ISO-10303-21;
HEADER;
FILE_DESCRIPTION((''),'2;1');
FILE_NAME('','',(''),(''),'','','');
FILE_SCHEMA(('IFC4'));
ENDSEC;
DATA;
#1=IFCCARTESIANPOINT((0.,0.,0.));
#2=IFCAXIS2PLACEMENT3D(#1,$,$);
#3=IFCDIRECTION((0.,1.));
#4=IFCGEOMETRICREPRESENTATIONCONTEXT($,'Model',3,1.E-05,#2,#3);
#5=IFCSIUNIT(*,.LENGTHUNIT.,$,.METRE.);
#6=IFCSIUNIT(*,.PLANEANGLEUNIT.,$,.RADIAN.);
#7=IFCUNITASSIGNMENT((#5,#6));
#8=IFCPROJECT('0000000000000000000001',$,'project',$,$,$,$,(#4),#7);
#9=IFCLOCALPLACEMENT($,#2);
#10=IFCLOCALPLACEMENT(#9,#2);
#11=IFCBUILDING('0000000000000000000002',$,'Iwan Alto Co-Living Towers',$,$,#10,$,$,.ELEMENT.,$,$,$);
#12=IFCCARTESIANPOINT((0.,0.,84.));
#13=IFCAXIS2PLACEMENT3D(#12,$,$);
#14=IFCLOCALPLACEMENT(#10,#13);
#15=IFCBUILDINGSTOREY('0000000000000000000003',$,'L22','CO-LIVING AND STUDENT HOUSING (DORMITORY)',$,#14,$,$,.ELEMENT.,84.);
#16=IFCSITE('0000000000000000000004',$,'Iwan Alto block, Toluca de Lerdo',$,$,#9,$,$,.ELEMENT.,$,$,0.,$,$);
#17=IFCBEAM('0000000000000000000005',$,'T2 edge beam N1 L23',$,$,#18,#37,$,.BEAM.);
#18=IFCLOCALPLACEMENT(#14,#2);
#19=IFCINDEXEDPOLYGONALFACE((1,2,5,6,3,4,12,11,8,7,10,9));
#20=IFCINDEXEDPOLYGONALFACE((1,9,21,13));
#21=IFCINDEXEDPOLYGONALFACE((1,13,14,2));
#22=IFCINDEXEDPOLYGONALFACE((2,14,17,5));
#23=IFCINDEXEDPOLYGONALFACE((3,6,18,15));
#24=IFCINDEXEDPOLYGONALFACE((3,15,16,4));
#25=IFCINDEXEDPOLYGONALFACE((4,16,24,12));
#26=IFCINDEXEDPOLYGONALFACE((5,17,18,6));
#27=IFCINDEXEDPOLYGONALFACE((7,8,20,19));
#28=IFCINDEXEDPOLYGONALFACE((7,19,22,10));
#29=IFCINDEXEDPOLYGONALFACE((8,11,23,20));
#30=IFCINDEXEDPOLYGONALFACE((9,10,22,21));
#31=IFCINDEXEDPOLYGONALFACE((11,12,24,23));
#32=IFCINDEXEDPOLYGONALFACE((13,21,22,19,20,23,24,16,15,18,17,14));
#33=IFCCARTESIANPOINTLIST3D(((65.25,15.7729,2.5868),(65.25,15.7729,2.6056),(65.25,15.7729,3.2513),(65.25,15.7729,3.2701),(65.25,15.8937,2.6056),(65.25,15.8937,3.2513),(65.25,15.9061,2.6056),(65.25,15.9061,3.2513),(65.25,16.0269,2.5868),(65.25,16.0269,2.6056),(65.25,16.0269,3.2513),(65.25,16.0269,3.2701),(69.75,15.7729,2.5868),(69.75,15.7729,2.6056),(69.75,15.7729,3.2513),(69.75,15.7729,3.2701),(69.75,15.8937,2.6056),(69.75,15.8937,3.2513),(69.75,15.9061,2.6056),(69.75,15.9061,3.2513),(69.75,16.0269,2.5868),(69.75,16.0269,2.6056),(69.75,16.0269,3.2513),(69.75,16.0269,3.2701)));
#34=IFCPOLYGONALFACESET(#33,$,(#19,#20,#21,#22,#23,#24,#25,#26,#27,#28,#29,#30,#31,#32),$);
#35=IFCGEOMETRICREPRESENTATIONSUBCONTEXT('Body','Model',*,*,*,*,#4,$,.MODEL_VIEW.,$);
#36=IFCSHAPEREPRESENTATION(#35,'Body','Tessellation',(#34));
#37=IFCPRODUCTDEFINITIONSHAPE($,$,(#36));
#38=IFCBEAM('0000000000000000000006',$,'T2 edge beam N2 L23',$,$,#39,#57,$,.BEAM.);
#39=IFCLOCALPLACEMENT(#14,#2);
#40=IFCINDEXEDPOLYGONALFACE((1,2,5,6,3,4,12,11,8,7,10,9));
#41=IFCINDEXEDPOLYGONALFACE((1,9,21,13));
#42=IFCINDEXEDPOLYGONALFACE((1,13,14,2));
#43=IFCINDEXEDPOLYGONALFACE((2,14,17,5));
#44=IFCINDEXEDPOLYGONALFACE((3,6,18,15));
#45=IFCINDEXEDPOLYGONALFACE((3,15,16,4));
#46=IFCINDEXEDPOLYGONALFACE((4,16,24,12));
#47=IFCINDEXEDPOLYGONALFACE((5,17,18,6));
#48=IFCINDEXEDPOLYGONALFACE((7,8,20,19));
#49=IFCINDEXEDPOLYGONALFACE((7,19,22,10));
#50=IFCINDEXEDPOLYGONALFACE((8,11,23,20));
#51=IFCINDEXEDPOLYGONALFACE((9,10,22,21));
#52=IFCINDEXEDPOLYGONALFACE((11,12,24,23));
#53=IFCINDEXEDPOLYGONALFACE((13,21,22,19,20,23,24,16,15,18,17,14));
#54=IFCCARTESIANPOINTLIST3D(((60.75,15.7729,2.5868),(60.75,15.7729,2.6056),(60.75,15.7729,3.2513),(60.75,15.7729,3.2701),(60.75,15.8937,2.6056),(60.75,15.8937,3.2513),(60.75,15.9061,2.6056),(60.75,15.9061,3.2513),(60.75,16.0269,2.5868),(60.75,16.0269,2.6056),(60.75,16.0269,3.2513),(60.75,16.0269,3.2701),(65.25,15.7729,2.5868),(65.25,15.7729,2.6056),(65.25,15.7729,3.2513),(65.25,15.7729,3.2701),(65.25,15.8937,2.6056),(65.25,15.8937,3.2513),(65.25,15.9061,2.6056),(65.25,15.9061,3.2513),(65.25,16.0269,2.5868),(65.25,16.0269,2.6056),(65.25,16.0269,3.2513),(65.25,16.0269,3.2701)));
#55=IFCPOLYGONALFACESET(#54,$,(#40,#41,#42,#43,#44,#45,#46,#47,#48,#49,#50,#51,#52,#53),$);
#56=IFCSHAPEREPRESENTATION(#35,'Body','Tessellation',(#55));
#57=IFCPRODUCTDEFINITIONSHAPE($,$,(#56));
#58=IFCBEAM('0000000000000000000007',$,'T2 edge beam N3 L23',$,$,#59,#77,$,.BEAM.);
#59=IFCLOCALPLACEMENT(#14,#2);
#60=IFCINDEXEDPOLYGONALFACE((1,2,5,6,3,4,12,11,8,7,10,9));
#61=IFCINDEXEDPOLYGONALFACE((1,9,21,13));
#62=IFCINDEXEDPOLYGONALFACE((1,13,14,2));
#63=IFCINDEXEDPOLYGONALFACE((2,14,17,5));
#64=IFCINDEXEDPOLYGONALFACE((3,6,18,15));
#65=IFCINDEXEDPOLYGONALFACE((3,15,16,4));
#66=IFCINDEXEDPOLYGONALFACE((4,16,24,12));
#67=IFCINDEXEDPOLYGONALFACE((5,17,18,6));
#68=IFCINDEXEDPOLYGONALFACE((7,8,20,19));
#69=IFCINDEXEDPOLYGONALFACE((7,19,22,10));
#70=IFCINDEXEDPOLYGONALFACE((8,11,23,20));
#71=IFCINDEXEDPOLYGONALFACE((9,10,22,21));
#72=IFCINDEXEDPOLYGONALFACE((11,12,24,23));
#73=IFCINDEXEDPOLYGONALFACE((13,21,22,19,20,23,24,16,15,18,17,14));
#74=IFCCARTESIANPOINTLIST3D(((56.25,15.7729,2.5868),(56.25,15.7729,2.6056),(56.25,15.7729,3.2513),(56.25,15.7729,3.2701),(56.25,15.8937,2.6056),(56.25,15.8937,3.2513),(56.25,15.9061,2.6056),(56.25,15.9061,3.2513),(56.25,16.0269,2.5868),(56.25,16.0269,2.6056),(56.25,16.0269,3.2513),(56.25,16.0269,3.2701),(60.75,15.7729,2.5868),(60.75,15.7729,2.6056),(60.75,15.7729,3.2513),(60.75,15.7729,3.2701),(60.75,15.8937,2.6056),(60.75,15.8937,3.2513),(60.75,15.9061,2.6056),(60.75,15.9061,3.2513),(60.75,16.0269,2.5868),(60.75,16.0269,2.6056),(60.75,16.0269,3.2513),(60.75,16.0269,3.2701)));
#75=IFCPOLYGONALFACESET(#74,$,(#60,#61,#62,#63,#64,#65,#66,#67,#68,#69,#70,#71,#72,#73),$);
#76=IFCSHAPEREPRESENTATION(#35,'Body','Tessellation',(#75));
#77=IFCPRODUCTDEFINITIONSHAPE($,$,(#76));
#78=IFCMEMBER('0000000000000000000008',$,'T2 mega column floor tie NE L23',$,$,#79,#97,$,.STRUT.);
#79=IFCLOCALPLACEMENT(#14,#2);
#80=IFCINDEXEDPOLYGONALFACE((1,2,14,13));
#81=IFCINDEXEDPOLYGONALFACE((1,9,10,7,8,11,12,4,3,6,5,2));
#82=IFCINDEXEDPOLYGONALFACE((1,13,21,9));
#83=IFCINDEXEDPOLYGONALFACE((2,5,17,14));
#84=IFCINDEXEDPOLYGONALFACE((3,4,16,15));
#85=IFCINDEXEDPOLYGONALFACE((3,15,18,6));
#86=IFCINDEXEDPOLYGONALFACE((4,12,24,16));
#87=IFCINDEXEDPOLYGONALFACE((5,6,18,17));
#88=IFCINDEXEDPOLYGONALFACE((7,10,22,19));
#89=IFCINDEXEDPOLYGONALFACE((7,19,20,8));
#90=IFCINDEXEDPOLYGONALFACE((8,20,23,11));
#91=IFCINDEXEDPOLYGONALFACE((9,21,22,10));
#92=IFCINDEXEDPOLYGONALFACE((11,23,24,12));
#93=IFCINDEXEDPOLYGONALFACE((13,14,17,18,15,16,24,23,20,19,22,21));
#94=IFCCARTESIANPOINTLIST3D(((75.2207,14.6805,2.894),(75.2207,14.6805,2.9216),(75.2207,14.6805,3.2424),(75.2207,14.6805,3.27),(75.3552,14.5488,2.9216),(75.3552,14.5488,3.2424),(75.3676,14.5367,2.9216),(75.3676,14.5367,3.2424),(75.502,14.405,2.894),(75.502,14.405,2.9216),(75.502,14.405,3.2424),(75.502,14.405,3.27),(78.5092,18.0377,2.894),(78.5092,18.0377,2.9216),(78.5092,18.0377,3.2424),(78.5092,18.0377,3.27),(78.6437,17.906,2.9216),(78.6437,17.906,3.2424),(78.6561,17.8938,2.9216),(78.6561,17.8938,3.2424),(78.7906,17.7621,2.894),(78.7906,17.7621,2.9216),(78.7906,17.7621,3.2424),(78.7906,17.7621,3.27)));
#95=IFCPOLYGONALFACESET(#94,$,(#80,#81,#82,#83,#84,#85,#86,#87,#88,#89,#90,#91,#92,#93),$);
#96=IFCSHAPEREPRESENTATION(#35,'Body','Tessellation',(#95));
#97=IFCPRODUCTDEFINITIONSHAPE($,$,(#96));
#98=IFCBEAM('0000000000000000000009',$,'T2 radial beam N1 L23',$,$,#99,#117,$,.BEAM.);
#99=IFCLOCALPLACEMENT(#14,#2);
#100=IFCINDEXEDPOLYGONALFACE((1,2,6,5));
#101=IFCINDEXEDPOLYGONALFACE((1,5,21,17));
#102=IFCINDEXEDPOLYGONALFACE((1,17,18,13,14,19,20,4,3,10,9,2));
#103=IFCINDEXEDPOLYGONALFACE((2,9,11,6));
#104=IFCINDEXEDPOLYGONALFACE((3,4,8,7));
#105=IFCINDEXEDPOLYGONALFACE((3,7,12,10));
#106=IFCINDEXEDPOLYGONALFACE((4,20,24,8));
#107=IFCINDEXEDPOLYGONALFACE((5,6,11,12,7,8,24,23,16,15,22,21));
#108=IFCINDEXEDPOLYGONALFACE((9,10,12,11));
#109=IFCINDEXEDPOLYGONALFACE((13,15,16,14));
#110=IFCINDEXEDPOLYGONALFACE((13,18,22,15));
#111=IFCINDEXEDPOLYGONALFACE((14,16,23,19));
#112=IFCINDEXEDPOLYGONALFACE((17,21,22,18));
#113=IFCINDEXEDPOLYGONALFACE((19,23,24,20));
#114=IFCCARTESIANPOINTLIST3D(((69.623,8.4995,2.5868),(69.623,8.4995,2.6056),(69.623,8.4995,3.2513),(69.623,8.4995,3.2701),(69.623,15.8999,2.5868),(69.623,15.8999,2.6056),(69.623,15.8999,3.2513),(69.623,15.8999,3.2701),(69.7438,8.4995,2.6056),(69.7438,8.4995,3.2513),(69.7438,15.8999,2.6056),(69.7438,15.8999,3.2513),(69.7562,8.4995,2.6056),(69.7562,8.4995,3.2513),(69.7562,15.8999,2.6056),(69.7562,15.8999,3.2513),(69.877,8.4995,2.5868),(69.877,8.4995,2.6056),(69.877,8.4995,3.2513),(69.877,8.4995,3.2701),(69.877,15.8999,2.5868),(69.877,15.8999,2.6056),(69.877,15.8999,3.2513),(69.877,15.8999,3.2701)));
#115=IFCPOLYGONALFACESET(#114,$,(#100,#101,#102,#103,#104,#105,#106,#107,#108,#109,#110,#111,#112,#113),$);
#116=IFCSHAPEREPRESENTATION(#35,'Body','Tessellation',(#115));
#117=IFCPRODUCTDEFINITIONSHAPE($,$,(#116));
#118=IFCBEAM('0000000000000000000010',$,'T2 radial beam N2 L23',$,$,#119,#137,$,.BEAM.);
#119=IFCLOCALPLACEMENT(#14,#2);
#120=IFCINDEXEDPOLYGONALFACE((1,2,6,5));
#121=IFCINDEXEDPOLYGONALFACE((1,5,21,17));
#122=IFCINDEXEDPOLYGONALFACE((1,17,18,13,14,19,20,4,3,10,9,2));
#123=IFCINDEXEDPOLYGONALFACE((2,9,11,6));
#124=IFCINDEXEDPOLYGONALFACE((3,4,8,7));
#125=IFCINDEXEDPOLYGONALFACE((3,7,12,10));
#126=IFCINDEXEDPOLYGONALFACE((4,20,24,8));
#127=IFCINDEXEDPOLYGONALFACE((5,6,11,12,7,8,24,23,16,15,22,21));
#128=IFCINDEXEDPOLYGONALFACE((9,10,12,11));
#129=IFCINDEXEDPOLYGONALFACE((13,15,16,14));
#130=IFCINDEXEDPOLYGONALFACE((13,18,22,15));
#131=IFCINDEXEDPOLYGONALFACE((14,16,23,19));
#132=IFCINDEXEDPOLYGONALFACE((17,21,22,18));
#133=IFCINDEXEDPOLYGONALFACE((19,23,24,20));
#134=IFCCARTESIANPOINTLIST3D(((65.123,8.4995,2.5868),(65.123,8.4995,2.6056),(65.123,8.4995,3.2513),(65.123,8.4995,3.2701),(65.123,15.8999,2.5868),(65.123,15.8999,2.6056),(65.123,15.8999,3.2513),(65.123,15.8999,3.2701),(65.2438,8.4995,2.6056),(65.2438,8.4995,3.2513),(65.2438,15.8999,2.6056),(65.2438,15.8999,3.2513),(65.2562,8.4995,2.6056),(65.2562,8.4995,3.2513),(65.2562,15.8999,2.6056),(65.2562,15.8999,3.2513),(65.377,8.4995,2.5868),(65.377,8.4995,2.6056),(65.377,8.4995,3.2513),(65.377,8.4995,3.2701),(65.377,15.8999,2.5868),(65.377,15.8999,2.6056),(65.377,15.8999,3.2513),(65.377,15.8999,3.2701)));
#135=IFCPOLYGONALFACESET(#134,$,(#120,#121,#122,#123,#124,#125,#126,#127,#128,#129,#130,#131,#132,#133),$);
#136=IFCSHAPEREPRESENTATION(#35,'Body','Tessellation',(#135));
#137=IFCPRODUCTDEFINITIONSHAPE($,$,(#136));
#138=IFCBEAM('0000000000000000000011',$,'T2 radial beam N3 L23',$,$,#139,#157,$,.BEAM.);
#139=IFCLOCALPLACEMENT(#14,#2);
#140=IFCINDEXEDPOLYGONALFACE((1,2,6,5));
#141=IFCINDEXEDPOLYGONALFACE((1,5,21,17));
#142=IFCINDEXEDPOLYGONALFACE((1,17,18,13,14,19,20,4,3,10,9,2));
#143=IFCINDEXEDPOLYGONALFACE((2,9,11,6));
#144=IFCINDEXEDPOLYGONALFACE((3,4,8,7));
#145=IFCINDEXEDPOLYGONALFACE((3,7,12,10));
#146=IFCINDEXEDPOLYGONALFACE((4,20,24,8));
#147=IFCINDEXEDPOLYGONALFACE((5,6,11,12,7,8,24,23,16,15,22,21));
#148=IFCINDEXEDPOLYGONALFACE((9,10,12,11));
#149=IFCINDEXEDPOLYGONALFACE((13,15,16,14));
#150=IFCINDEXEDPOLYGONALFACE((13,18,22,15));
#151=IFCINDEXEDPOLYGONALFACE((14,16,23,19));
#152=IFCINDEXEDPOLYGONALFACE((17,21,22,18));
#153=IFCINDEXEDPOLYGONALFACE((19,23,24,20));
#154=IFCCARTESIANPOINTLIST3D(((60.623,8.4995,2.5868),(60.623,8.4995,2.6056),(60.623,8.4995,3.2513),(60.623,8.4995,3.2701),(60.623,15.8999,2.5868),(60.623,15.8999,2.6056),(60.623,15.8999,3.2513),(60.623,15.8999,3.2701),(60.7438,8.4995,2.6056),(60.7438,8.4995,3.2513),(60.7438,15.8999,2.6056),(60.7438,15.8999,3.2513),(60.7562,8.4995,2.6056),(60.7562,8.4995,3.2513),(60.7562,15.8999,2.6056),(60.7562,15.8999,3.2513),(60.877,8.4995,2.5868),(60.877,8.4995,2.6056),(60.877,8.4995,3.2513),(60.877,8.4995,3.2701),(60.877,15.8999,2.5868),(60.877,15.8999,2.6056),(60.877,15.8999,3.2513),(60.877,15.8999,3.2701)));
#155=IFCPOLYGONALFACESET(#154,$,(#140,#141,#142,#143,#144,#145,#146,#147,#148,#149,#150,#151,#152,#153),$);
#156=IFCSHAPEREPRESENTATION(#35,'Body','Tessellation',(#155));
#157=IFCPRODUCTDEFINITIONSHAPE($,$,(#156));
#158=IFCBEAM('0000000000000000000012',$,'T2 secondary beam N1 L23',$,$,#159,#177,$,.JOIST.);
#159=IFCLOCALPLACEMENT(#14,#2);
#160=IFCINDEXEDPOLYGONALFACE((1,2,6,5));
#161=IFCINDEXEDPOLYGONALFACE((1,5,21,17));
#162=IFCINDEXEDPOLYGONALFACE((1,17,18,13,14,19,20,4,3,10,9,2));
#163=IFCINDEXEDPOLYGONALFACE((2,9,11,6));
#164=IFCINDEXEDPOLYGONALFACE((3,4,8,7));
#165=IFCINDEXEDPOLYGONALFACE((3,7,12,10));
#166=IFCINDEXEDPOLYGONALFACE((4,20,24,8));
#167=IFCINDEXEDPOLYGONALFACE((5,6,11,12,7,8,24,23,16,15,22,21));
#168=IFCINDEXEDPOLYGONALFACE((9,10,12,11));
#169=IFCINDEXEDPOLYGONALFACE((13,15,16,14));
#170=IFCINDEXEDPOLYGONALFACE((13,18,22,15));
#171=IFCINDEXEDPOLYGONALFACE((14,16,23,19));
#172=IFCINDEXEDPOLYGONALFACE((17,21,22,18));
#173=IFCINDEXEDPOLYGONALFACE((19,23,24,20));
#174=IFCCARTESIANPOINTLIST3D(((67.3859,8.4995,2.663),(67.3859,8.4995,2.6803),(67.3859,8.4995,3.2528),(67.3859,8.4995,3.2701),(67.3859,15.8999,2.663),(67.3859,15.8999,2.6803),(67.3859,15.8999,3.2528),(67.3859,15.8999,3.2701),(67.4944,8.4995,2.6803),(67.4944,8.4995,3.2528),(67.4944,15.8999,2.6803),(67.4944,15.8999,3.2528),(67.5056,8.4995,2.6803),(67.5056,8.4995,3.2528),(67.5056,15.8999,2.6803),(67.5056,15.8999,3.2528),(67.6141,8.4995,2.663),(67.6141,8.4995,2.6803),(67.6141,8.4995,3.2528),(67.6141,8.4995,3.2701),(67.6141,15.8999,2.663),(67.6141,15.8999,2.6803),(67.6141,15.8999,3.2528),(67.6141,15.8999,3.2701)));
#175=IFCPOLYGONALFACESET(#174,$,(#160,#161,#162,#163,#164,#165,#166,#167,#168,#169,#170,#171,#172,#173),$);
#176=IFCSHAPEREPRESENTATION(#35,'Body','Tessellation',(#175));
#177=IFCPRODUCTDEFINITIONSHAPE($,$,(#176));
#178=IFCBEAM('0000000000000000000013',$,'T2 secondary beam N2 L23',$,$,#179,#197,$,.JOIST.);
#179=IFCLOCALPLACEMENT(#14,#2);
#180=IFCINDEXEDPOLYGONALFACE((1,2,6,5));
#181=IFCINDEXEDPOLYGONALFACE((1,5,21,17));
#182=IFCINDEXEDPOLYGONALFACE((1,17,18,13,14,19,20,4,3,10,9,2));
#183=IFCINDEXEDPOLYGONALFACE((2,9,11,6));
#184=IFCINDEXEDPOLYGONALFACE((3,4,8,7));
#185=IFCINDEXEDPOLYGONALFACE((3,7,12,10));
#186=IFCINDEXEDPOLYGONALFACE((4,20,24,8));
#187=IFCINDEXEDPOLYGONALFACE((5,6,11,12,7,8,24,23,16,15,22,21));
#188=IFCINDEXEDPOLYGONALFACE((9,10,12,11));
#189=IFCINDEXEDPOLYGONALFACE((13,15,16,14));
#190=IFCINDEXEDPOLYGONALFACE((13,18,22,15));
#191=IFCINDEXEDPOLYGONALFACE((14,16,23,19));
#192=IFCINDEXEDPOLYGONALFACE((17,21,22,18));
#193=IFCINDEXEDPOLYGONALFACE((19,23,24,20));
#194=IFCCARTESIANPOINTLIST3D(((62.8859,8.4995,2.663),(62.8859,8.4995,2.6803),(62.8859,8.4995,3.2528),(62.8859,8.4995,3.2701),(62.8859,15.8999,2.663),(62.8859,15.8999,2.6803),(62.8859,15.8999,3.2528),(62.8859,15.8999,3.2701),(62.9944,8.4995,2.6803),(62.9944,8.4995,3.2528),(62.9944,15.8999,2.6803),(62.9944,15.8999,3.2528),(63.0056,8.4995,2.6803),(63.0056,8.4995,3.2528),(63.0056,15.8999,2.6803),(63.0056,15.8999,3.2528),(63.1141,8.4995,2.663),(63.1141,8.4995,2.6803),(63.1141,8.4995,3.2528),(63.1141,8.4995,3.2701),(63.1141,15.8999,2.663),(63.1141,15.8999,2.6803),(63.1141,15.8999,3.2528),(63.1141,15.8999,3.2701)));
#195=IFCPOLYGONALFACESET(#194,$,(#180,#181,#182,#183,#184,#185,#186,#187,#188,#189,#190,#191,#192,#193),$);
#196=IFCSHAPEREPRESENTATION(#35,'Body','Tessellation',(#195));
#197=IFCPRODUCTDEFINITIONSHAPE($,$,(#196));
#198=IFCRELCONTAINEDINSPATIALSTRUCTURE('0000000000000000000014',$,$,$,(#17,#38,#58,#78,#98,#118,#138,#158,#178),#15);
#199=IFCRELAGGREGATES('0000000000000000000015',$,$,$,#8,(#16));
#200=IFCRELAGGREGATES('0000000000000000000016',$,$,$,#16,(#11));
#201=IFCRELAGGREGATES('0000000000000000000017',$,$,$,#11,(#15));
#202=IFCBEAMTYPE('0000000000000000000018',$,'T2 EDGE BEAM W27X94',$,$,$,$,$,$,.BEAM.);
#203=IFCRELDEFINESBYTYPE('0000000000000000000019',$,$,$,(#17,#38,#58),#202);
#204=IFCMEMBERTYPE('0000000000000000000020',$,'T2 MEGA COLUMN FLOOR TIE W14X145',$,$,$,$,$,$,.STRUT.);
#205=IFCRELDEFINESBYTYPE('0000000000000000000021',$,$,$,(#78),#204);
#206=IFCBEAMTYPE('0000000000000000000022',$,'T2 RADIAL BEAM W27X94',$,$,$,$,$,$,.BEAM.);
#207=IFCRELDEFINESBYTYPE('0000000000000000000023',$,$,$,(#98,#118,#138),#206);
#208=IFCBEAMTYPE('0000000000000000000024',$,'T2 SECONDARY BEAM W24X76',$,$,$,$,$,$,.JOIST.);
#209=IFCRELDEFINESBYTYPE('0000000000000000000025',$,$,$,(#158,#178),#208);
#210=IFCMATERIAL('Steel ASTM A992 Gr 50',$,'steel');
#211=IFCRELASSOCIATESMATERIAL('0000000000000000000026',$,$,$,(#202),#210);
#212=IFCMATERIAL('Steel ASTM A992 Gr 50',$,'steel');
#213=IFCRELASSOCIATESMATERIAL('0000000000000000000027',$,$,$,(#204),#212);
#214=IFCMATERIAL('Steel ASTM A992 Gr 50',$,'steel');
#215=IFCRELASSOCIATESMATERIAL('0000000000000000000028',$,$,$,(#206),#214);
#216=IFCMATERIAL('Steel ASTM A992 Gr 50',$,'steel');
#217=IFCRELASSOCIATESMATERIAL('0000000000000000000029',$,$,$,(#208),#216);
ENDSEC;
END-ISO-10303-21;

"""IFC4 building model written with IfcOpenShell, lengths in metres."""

from ifc_helpers import new_model, si_unit, direction, frame, origin, origin_2d, place, context, subcontext, project, spatial, i_section, extrude, material, material_profile, profile_set, type_object, element, save


model = new_model("IFC4")

# Units and contexts
model_context = context("Model", 3, precision=1e-05, world=origin(), true_north=direction((0.0, 1.0)))
body_context = subcontext(model_context, "Body", "Model", "MODEL_VIEW")
ifc_project = project(units=[si_unit("LENGTHUNIT", "METRE"), si_unit("PLANEANGLEUNIT", "RADIAN")], contexts=[model_context])

# Site, building, storey
site_placement = place(None, origin())
site = spatial("IfcSite", under=ifc_project, at=site_placement, Name="Iwan Alto block, Toluca de Lerdo", CompositionType="ELEMENT", RefElevation=0.0)
building_placement = place(site_placement, origin())
building = spatial("IfcBuilding", under=site, at=building_placement, Name="Iwan Alto Co-Living Towers", CompositionType="ELEMENT")
storey_placement = place(building_placement, frame((0.0, 0.0, 84.0)))
storey = spatial("IfcBuildingStorey", under=building, at=storey_placement, Name="L22", Description="CO-LIVING AND STUDENT HOUSING (DORMITORY)", CompositionType="ELEMENT", Elevation=84.0)

# Beams
ifc_material_1 = material(Name="Steel ASTM A992 Gr 50", Category="steel")
ifc_material_profile_1 = material_profile(ifc_material_1, i_section(OverallWidth=0.2539, OverallDepth=0.6833, WebThickness=0.0125, FlangeThickness=0.0188, at=origin_2d()), Name="W27X94")
ifc_profile_set_1 = profile_set([ifc_material_profile_1], Name="Steel ASTM A992 Gr 50")
beam_type_1 = type_object("IfcBeamType", Name="T2 EDGE BEAM W27X94", PredefinedType="BEAM", material=ifc_profile_set_1)
for number, where, z_axis, x_axis, name in (
    (1, (69.75, 15.8999, 2.9285), (-1.0, 0.0, 0.0), (0.0, -1.0, 0.0), "T2 edge beam N1 L23"),
    (2, (65.25, 15.8999, 2.9285), (-1.0, 0.0, 0.0), (0.0, -1.0, 0.0), "T2 edge beam N2 L23"),
    (3, (60.75, 15.8999, 2.9285), (-1.0, 0.0, 0.0), (0.0, -1.0, 0.0), "T2 edge beam N3 L23"),
):
    element("IfcBeam", number, at=place(storey_placement, frame(where, z_axis=z_axis, x_axis=x_axis)), inside=storey, type_object=beam_type_1, Name=name, PredefinedType="BEAM", context=body_context, shape_type="SweptSolid", body=[
        extrude(i_section(OverallWidth=0.2539, OverallDepth=0.6833, WebThickness=0.0125, FlangeThickness=0.0188, at=origin_2d()), origin(), (0.0, 0.0, 1.0), 4.5),
    ])

# Member
ifc_material_2 = material(Name="Steel ASTM A992 Gr 50", Category="steel")
ifc_material_profile_2 = material_profile(ifc_material_2, i_section(OverallWidth=0.3938, OverallDepth=0.376, WebThickness=0.0173, FlangeThickness=0.0276, at=origin_2d()), Name="W14X145")
ifc_profile_set_2 = profile_set([ifc_material_profile_2], Name="Steel ASTM A992 Gr 50")
member_type_1 = type_object("IfcMemberType", Name="T2 MEGA COLUMN FLOOR TIE W14X145", PredefinedType="STRUT", material=ifc_profile_set_2)
member_1_placement = place(storey_placement, frame((78.6499, 17.8999, 3.082), z_axis=(-0.69977, -0.714368, 0.0), x_axis=(0.714368, -0.69977, 0.0)))
element("IfcMember", 4, at=member_1_placement, inside=storey, type_object=member_type_1, Name="T2 mega column floor tie NE L23", PredefinedType="STRUT", context=body_context, shape_type="SweptSolid", body=[
    extrude(i_section(OverallWidth=0.3938, OverallDepth=0.376, WebThickness=0.0173, FlangeThickness=0.0276, at=origin_2d()), origin(), (0.0, 0.0, 1.0), 4.6995),
])

# Beams
ifc_material_3 = material(Name="Steel ASTM A992 Gr 50", Category="steel")
ifc_material_profile_3 = material_profile(ifc_material_3, i_section(OverallWidth=0.2539, OverallDepth=0.6833, WebThickness=0.0125, FlangeThickness=0.0188, at=origin_2d()), Name="W27X94")
ifc_profile_set_3 = profile_set([ifc_material_profile_3], Name="Steel ASTM A992 Gr 50")
beam_type_2 = type_object("IfcBeamType", Name="T2 RADIAL BEAM W27X94", PredefinedType="BEAM", material=ifc_profile_set_3)
for number, where, z_axis, x_axis, name in (
    (5, (69.75, 15.8999, 2.9285), (0.0, -1.0, 0.0), (1.0, 0.0, 0.0), "T2 radial beam N1 L23"),
    (6, (65.25, 15.8999, 2.9285), (0.0, -1.0, 0.0), (1.0, 0.0, 0.0), "T2 radial beam N2 L23"),
    (7, (60.75, 15.8999, 2.9285), (0.0, -1.0, 0.0), (1.0, 0.0, 0.0), "T2 radial beam N3 L23"),
):
    element("IfcBeam", number, at=place(storey_placement, frame(where, z_axis=z_axis, x_axis=x_axis)), inside=storey, type_object=beam_type_2, Name=name, PredefinedType="BEAM", context=body_context, shape_type="SweptSolid", body=[
        extrude(i_section(OverallWidth=0.2539, OverallDepth=0.6833, WebThickness=0.0125, FlangeThickness=0.0188, at=origin_2d()), origin(), (0.0, 0.0, 1.0), 7.4004),
    ])
ifc_material_4 = material(Name="Steel ASTM A992 Gr 50", Category="steel")
ifc_material_profile_4 = material_profile(ifc_material_4, i_section(OverallWidth=0.2283, OverallDepth=0.6072, WebThickness=0.0112, FlangeThickness=0.0173, at=origin_2d()), Name="W24X76")
ifc_profile_set_4 = profile_set([ifc_material_profile_4], Name="Steel ASTM A992 Gr 50")
beam_type_3 = type_object("IfcBeamType", Name="T2 SECONDARY BEAM W24X76", PredefinedType="JOIST", material=ifc_profile_set_4)
for number, where, z_axis, x_axis, name in (
    (8, (67.5, 15.8999, 2.9666), (0.0, -1.0, 0.0), (1.0, 0.0, 0.0), "T2 secondary beam N1 L23"),
    (9, (63.0, 15.8999, 2.9666), (0.0, -1.0, 0.0), (1.0, 0.0, 0.0), "T2 secondary beam N2 L23"),
):
    element("IfcBeam", number, at=place(storey_placement, frame(where, z_axis=z_axis, x_axis=x_axis)), inside=storey, type_object=beam_type_3, Name=name, PredefinedType="JOIST", context=body_context, shape_type="SweptSolid", body=[
        extrude(i_section(OverallWidth=0.2283, OverallDepth=0.6072, WebThickness=0.0112, FlangeThickness=0.0173, at=origin_2d()), origin(), (0.0, 0.0, 1.0), 7.4004),
    ])

save(model, "model.ifc")
